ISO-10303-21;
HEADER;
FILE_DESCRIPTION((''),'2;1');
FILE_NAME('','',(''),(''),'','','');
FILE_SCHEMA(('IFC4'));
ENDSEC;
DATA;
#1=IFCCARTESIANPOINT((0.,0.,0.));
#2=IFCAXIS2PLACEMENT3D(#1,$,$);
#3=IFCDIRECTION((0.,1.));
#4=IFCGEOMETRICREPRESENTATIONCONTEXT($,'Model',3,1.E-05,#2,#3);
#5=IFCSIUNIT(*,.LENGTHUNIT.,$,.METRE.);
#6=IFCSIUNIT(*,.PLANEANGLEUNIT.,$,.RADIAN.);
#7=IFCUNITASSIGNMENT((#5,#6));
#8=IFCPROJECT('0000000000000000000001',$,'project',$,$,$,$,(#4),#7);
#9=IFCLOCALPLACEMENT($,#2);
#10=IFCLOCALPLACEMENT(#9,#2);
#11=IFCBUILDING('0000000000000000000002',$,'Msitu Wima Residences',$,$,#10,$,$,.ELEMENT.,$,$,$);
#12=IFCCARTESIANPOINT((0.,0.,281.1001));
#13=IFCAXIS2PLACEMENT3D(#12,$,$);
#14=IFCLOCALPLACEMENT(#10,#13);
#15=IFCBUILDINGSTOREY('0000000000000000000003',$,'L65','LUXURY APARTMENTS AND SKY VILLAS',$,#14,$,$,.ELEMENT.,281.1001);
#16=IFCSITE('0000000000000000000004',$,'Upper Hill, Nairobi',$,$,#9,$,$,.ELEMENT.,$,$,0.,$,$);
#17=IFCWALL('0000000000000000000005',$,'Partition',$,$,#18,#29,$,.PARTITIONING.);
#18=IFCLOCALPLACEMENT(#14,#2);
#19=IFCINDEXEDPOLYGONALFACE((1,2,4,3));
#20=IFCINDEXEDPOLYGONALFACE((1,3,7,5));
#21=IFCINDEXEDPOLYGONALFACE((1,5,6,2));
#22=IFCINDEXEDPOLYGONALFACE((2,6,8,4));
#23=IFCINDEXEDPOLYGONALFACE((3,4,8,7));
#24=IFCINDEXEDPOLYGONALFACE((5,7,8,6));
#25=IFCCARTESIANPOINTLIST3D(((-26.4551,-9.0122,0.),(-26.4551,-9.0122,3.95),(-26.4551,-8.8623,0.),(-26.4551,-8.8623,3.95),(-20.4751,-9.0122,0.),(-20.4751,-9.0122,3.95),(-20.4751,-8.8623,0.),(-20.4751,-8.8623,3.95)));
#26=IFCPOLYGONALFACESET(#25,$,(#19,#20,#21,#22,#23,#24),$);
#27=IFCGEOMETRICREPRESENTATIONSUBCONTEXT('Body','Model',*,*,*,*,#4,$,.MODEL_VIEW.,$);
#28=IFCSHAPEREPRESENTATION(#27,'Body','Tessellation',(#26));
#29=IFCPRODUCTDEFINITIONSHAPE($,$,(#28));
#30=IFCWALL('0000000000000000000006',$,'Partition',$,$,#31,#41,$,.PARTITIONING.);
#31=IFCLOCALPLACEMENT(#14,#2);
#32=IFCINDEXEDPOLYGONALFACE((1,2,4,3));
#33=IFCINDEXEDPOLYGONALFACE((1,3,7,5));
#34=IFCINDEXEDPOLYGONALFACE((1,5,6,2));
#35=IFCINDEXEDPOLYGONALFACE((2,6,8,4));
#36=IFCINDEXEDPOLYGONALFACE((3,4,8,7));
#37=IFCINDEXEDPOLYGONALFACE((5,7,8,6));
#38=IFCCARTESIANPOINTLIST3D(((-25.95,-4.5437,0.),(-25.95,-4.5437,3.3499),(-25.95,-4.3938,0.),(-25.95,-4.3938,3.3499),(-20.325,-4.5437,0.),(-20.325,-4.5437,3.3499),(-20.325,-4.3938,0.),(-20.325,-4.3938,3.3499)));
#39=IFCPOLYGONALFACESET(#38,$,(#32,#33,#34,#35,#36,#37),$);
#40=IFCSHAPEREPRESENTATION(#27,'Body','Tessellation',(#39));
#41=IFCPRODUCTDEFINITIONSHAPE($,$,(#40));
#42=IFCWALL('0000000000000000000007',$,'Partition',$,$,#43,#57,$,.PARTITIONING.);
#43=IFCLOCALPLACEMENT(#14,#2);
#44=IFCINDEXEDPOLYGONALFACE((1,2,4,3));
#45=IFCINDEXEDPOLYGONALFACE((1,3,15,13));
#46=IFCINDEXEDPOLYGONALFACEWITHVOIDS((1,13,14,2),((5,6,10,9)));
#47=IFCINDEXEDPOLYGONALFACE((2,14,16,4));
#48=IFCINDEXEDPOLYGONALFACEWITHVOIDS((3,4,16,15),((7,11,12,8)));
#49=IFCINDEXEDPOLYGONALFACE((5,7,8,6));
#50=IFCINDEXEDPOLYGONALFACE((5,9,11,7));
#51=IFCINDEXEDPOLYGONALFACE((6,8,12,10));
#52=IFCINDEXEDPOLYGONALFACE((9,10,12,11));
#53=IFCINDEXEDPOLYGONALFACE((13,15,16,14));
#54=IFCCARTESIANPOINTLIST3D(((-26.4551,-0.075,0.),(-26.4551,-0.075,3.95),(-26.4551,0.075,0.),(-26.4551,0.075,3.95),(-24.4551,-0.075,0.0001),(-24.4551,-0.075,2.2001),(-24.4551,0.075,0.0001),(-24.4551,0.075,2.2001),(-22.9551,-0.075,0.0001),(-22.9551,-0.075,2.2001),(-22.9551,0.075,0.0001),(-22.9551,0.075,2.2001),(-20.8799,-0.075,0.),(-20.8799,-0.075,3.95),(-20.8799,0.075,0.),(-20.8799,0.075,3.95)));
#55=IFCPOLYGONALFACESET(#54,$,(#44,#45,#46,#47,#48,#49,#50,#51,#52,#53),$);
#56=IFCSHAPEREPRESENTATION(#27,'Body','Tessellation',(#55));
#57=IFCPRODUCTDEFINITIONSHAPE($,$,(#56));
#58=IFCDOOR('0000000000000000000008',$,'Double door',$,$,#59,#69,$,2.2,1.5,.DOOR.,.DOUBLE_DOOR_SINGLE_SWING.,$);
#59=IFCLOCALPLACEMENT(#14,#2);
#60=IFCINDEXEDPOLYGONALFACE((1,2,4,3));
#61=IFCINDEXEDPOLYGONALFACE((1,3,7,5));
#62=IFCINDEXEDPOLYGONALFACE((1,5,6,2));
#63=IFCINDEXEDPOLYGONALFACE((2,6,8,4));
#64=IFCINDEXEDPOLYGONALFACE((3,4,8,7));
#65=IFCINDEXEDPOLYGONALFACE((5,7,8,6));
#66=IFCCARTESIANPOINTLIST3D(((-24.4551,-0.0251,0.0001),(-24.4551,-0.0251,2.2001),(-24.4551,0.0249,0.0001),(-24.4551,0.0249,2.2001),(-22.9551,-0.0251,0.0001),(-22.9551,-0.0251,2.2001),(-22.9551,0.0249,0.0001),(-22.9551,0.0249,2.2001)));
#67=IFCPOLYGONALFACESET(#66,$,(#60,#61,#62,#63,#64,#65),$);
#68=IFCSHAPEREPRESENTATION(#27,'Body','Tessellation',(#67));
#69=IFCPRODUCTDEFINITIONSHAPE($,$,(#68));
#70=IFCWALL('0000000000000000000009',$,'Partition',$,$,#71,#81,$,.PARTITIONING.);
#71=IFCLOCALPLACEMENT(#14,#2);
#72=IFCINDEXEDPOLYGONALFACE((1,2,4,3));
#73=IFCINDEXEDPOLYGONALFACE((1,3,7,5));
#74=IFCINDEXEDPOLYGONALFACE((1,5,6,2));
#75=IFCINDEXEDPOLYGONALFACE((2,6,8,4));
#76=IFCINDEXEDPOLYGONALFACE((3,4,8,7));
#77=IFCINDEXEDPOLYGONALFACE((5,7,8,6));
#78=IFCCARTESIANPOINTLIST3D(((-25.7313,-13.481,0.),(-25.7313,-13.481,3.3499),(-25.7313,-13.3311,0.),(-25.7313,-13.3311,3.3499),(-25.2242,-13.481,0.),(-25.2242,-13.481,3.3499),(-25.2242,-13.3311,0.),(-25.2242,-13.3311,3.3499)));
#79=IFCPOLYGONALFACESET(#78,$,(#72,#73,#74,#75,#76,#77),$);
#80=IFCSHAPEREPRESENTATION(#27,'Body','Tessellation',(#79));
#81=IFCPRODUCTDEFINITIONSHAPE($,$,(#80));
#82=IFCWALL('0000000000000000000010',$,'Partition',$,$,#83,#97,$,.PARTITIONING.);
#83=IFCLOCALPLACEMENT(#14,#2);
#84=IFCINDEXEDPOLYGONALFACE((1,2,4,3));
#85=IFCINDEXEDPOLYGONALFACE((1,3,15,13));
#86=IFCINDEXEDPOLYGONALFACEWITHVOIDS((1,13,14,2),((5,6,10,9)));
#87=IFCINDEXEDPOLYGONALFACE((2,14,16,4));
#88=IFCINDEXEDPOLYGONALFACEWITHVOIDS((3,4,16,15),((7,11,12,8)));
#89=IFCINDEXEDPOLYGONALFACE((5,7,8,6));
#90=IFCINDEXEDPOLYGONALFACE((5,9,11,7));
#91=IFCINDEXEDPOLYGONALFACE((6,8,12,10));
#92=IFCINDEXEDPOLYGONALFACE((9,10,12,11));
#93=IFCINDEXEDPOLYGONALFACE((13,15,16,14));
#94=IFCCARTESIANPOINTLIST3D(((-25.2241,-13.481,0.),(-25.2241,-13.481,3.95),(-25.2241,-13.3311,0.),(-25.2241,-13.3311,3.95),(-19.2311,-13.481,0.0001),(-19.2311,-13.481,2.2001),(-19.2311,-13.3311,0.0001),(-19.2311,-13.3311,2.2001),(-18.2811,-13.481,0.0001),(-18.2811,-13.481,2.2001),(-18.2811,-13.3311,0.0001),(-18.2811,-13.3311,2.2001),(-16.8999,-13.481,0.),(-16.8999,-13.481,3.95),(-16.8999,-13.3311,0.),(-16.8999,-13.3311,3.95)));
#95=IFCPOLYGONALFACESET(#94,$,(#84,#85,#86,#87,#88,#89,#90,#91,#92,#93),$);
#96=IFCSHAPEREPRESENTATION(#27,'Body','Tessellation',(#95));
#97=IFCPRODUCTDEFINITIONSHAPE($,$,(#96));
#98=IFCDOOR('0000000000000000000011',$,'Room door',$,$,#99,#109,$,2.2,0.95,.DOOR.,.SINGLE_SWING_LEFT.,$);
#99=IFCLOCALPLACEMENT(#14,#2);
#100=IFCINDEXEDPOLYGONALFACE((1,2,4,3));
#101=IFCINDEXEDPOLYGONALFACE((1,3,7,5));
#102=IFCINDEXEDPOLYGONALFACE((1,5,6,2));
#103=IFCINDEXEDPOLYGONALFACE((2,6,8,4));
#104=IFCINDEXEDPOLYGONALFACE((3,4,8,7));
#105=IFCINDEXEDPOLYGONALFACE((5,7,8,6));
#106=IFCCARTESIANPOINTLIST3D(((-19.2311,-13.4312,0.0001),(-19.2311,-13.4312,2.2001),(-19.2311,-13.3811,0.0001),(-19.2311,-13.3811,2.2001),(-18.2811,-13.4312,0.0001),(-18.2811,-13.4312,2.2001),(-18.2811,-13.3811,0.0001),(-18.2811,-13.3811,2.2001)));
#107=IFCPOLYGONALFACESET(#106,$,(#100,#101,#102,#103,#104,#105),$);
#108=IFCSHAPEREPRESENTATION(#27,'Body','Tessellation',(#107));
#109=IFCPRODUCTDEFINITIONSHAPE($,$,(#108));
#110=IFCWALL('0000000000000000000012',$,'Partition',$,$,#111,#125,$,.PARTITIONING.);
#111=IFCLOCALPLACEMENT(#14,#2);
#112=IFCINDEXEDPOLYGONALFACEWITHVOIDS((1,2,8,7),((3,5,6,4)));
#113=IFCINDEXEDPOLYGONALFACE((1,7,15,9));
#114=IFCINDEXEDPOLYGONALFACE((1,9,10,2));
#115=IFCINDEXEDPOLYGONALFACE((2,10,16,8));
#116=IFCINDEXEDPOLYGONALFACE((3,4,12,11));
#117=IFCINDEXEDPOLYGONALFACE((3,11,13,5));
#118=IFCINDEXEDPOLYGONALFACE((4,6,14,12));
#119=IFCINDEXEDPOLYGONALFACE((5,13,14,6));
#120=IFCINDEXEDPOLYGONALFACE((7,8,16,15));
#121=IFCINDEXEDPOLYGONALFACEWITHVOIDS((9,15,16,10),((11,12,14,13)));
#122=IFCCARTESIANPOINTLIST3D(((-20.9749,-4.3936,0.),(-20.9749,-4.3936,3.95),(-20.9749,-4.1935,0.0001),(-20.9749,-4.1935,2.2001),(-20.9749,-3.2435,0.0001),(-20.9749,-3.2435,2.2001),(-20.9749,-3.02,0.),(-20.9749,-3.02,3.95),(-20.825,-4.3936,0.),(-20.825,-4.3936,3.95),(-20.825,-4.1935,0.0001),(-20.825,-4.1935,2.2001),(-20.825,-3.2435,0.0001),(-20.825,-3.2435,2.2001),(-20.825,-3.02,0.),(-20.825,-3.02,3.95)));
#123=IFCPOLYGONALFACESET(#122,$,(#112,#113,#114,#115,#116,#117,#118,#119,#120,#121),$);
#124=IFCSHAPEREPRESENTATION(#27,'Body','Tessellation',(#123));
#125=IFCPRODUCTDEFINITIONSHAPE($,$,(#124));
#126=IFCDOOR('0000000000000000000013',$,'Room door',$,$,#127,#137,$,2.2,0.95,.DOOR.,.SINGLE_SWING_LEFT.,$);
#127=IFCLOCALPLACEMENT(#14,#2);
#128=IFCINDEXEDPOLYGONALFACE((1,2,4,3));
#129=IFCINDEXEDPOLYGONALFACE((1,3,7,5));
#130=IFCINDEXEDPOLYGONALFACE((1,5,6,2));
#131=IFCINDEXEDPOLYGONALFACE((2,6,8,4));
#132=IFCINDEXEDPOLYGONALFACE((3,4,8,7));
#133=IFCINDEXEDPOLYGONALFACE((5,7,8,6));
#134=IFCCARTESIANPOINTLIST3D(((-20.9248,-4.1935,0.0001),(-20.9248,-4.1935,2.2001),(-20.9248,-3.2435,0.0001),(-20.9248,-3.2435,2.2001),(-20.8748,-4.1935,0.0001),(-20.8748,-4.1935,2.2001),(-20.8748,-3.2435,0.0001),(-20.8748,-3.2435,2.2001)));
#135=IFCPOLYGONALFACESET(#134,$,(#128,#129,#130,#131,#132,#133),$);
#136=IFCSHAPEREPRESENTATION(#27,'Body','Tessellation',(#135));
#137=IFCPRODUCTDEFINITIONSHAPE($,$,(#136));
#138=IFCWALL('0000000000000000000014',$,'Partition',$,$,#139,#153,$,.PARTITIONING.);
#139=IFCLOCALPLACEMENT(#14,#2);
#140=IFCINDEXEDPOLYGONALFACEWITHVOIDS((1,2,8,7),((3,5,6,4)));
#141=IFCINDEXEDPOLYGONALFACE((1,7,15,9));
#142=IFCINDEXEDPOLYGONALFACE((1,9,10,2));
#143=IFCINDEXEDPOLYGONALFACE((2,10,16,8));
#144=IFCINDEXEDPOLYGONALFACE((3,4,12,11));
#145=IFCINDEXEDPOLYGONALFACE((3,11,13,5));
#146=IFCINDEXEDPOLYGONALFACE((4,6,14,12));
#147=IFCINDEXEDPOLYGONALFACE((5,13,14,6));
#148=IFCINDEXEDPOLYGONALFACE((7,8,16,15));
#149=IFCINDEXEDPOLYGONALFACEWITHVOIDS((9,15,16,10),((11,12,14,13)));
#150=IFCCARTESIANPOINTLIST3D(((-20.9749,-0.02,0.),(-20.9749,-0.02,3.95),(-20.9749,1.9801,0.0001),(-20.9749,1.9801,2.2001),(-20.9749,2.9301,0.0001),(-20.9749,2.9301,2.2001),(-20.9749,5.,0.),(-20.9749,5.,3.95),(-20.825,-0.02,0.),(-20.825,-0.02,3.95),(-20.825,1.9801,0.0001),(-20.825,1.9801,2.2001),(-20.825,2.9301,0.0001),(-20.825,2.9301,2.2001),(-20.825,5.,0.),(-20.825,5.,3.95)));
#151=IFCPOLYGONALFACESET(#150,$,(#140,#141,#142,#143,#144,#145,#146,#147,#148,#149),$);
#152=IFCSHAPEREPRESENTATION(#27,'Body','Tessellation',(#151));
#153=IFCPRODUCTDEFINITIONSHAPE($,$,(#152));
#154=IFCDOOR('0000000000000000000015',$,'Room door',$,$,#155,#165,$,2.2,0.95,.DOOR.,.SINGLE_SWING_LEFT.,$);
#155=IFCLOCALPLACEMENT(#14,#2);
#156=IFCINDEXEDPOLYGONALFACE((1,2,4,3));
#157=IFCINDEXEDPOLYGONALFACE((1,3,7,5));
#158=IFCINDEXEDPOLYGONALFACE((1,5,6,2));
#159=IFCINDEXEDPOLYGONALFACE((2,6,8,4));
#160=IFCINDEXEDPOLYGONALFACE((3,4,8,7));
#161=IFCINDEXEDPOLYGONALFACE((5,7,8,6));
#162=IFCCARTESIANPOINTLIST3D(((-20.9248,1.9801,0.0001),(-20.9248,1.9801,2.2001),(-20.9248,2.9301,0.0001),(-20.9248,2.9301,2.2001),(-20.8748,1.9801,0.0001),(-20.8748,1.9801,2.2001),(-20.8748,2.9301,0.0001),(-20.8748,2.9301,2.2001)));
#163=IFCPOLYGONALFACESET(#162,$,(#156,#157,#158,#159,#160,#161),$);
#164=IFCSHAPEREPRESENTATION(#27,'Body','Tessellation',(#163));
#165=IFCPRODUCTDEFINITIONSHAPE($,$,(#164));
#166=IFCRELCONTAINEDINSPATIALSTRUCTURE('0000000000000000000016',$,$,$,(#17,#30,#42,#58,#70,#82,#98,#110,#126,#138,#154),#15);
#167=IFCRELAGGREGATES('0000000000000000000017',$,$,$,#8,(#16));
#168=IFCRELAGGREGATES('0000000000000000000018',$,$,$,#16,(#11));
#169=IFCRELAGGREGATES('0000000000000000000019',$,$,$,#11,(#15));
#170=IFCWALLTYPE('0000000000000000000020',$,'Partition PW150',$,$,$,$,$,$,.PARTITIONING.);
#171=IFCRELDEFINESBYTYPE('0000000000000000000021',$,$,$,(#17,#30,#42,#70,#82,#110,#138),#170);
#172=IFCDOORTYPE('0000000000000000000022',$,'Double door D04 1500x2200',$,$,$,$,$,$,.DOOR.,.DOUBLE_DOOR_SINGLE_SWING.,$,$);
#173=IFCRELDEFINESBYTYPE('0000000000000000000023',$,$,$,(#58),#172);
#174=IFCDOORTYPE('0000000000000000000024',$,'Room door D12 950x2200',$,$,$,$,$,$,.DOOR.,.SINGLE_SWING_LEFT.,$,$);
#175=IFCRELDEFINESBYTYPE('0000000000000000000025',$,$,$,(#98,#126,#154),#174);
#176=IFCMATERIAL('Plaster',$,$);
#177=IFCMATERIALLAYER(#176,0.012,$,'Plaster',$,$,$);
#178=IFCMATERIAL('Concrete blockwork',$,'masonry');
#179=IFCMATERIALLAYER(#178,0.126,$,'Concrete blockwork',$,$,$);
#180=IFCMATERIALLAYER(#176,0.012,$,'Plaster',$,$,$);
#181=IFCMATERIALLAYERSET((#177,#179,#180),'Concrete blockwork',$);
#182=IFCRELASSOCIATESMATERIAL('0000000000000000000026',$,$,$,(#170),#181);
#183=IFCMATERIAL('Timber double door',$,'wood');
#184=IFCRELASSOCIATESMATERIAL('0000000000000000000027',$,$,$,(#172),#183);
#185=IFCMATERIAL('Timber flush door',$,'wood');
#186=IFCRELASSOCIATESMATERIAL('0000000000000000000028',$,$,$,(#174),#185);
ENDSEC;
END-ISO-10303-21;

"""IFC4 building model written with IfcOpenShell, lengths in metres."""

from ifc_helpers import new_model, si_unit, direction, frame, frame_2d, origin, place, context, subcontext, project, spatial, rectangle, extrude, material, layer, layer_set, type_object, element, fill, save


model = new_model("IFC4")

# Units and contexts
model_context = context("Model", 3, precision=1e-05, world=origin(), true_north=direction((0.0, 1.0)))
body_context = subcontext(model_context, "Body", "Model", "MODEL_VIEW")
ifc_project = project(units=[si_unit("LENGTHUNIT", "METRE"), si_unit("PLANEANGLEUNIT", "RADIAN")], contexts=[model_context])

# Site, building, storey
site_placement = place(None, origin())
site = spatial("IfcSite", under=ifc_project, at=site_placement, Name="Upper Hill, Nairobi", CompositionType="ELEMENT", RefElevation=0.0)
building_placement = place(site_placement, origin())
building = spatial("IfcBuilding", under=site, at=building_placement, Name="Msitu Wima Residences", CompositionType="ELEMENT")
storey_placement = place(building_placement, frame((0.0, 0.0, 281.1001)))
storey = spatial("IfcBuildingStorey", under=building, at=storey_placement, Name="L65", Description="LUXURY APARTMENTS AND SKY VILLAS", CompositionType="ELEMENT", Elevation=281.1001)

# Walls
ifc_material_1 = material(Name="Plaster")
ifc_layer_1 = layer(ifc_material_1, 0.012, Name="Plaster")
ifc_material_2 = material(Name="Concrete blockwork", Category="masonry")
ifc_layer_2 = layer(ifc_material_2, 0.126, Name="Concrete blockwork")
ifc_layer_3 = layer(ifc_material_1, 0.012, Name="Plaster")
ifc_layer_set_1 = layer_set([ifc_layer_1, ifc_layer_2, ifc_layer_3], Name="Concrete blockwork")
wall_type_1 = type_object("IfcWallType", Name="Partition PW150", PredefinedType="PARTITIONING", material=ifc_layer_set_1)
wall_1_placement = place(storey_placement, frame((-26.4551, -8.9373, 0.0), z_axis=(0.0, 0.0, 1.0), x_axis=(1.0, 0.0, 0.0)))
element("IfcWall", 1, at=wall_1_placement, inside=storey, type_object=wall_type_1, Name="Partition", PredefinedType="PARTITIONING", context=body_context, shape_type="SweptSolid", body=[
    extrude(rectangle(XDim=5.98, YDim=0.1499, at=frame_2d((2.99, 0.0))), origin(), (0.0, 0.0, 1.0), 3.95),
])
wall_2_placement = place(storey_placement, frame((-25.95, -4.4688, 0.0), z_axis=(0.0, 0.0, 1.0), x_axis=(1.0, 0.0, 0.0)))
element("IfcWall", 2, at=wall_2_placement, inside=storey, type_object=wall_type_1, Name="Partition", PredefinedType="PARTITIONING", context=body_context, shape_type="SweptSolid", body=[
    extrude(rectangle(XDim=5.625, YDim=0.1499, at=frame_2d((2.8125, 0.0))), origin(), (0.0, 0.0, 1.0), 3.3499),
])

# Wall, opening, door
wall_3_placement = place(storey_placement, frame((-26.4551, 0.0, 0.0), z_axis=(0.0, 0.0, 1.0), x_axis=(1.0, 0.0, 0.0)))
wall_3 = element("IfcWall", 3, at=wall_3_placement, inside=storey, type_object=wall_type_1, Name="Partition", PredefinedType="PARTITIONING", context=body_context, shape_type="SweptSolid", body=[
    extrude(rectangle(XDim=5.5752, YDim=0.1499, at=frame_2d((2.7876, 0.0))), origin(), (0.0, 0.0, 1.0), 3.95),
])
opening_1_placement = place(wall_3_placement, frame((2.0, 0.0, 0.0)))
opening_1 = element("IfcOpeningElement", 4, at=opening_1_placement, cuts=wall_3, PredefinedType="OPENING", context=body_context, shape_type="SweptSolid", body=[
    extrude(rectangle(XDim=1.5, YDim=2.2, at=frame_2d((0.75, 1.1001))), frame((0.0, 0.085, 0.0), z_axis=(0.0, -1.0, 0.0), x_axis=(1.0, 0.0, 0.0)), (0.0, 0.0, 1.0), 0.1699),
])
ifc_material_3 = material(Name="Timber double door", Category="wood")
door_type_1 = type_object("IfcDoorType", Name="Double door D04 1500x2200", OperationType="DOUBLE_DOOR_SINGLE_SWING", PredefinedType="DOOR", material=ifc_material_3)
door_1_placement = place(opening_1_placement, origin())
door_1 = element("IfcDoor", 5, at=door_1_placement, inside=storey, type_object=door_type_1, Name="Double door", OperationType="DOUBLE_DOOR_SINGLE_SWING", OverallHeight=2.2, OverallWidth=1.5, PredefinedType="DOOR", context=body_context, shape_type="SweptSolid", body=[
    extrude(rectangle(XDim=1.5, YDim=2.2, at=frame_2d((0.75, 1.1001))), frame((0.0, 0.0249, 0.0), z_axis=(0.0, -1.0, 0.0), x_axis=(1.0, 0.0, 0.0)), (0.0, 0.0, 1.0), 0.05),
])
fill(opening_1, door_1)

# Wall
wall_4_placement = place(storey_placement, frame((-25.7312, -13.406, 0.0), z_axis=(0.0, 0.0, 1.0), x_axis=(1.0, 0.0, 0.0)))
element("IfcWall", 6, at=wall_4_placement, inside=storey, type_object=wall_type_1, Name="Partition", PredefinedType="PARTITIONING", context=body_context, shape_type="SweptSolid", body=[
    extrude(rectangle(XDim=0.5071, YDim=0.1499, at=frame_2d((0.2534, 0.0))), origin(), (0.0, 0.0, 1.0), 3.3499),
])

# Walls, openings, doors
wall_5_placement = place(storey_placement, frame((-25.2241, -13.406, 0.0), z_axis=(0.0, 0.0, 1.0), x_axis=(1.0, 0.0, 0.0)))
wall_5 = element("IfcWall", 7, at=wall_5_placement, inside=storey, type_object=wall_type_1, Name="Partition", PredefinedType="PARTITIONING", context=body_context, shape_type="SweptSolid", body=[
    extrude(rectangle(XDim=8.3242, YDim=0.1499, at=frame_2d((4.1621, 0.0))), origin(), (0.0, 0.0, 1.0), 3.95),
])
opening_2_placement = place(wall_5_placement, frame((5.9929, 0.0, 0.0)))
opening_2 = element("IfcOpeningElement", 8, at=opening_2_placement, cuts=wall_5, PredefinedType="OPENING", context=body_context, shape_type="SweptSolid", body=[
    extrude(rectangle(XDim=0.95, YDim=2.2, at=frame_2d((0.4751, 1.1001))), frame((0.0, 0.085, 0.0), z_axis=(0.0, -1.0, 0.0), x_axis=(1.0, 0.0, 0.0)), (0.0, 0.0, 1.0), 0.1699),
])
ifc_material_4 = material(Name="Timber flush door", Category="wood")
door_type_2 = type_object("IfcDoorType", Name="Room door D12 950x2200", OperationType="SINGLE_SWING_LEFT", PredefinedType="DOOR", material=ifc_material_4)
door_2_placement = place(opening_2_placement, origin())
door_2 = element("IfcDoor", 9, at=door_2_placement, inside=storey, type_object=door_type_2, Name="Room door", OperationType="SINGLE_SWING_LEFT", OverallHeight=2.2, OverallWidth=0.95, PredefinedType="DOOR", context=body_context, shape_type="SweptSolid", body=[
    extrude(rectangle(XDim=0.95, YDim=2.2, at=frame_2d((0.4751, 1.1001))), frame((0.0, 0.0249, 0.0), z_axis=(0.0, -1.0, 0.0), x_axis=(1.0, 0.0, 0.0)), (0.0, 0.0, 1.0), 0.05),
])
fill(opening_2, door_2)
wall_6_placement = place(storey_placement, frame((-20.8999, -4.3936, 0.0), z_axis=(0.0, 0.0, 1.0), x_axis=(0.0, 1.0, 0.0)))
wall_6 = element("IfcWall", 10, at=wall_6_placement, inside=storey, type_object=wall_type_1, Name="Partition", PredefinedType="PARTITIONING", context=body_context, shape_type="SweptSolid", body=[
    extrude(rectangle(XDim=1.3735, YDim=0.1499, at=frame_2d((0.6868, 0.0))), origin(), (0.0, 0.0, 1.0), 3.95),
])
opening_3_placement = place(wall_6_placement, frame((0.2, 0.0, 0.0)))
opening_3 = element("IfcOpeningElement", 11, at=opening_3_placement, cuts=wall_6, PredefinedType="OPENING", context=body_context, shape_type="SweptSolid", body=[
    extrude(rectangle(XDim=0.95, YDim=2.2, at=frame_2d((0.4751, 1.1001))), frame((0.0, 0.085, 0.0), z_axis=(0.0, -1.0, 0.0), x_axis=(1.0, 0.0, 0.0)), (0.0, 0.0, 1.0), 0.1699),
])
door_3_placement = place(opening_3_placement, origin())
door_3 = element("IfcDoor", 12, at=door_3_placement, inside=storey, type_object=door_type_2, Name="Room door", OperationType="SINGLE_SWING_LEFT", OverallHeight=2.2, OverallWidth=0.95, PredefinedType="DOOR", context=body_context, shape_type="SweptSolid", body=[
    extrude(rectangle(XDim=0.95, YDim=2.2, at=frame_2d((0.4751, 1.1001))), frame((0.0, 0.0249, 0.0), z_axis=(0.0, -1.0, 0.0), x_axis=(1.0, 0.0, 0.0)), (0.0, 0.0, 1.0), 0.05),
])
fill(opening_3, door_3)
wall_7_placement = place(storey_placement, frame((-20.8999, -0.02, 0.0), z_axis=(0.0, 0.0, 1.0), x_axis=(0.0, 1.0, 0.0)))
wall_7 = element("IfcWall", 13, at=wall_7_placement, inside=storey, type_object=wall_type_1, Name="Partition", PredefinedType="PARTITIONING", context=body_context, shape_type="SweptSolid", body=[
    extrude(rectangle(XDim=5.02, YDim=0.1499, at=frame_2d((2.51, 0.0))), origin(), (0.0, 0.0, 1.0), 3.95),
])
opening_4_placement = place(wall_7_placement, frame((2.0, 0.0, 0.0)))
opening_4 = element("IfcOpeningElement", 14, at=opening_4_placement, cuts=wall_7, PredefinedType="OPENING", context=body_context, shape_type="SweptSolid", body=[
    extrude(rectangle(XDim=0.95, YDim=2.2, at=frame_2d((0.4751, 1.1001))), frame((0.0, 0.085, 0.0), z_axis=(0.0, -1.0, 0.0), x_axis=(1.0, 0.0, 0.0)), (0.0, 0.0, 1.0), 0.1699),
])
door_4_placement = place(opening_4_placement, origin())
door_4 = element("IfcDoor", 15, at=door_4_placement, inside=storey, type_object=door_type_2, Name="Room door", OperationType="SINGLE_SWING_LEFT", OverallHeight=2.2, OverallWidth=0.95, PredefinedType="DOOR", context=body_context, shape_type="SweptSolid", body=[
    extrude(rectangle(XDim=0.95, YDim=2.2, at=frame_2d((0.4751, 1.1001))), frame((0.0, 0.0249, 0.0), z_axis=(0.0, -1.0, 0.0), x_axis=(1.0, 0.0, 0.0)), (0.0, 0.0, 1.0), 0.05),
])
fill(opening_4, door_4)

save(model, "model.ifc")
